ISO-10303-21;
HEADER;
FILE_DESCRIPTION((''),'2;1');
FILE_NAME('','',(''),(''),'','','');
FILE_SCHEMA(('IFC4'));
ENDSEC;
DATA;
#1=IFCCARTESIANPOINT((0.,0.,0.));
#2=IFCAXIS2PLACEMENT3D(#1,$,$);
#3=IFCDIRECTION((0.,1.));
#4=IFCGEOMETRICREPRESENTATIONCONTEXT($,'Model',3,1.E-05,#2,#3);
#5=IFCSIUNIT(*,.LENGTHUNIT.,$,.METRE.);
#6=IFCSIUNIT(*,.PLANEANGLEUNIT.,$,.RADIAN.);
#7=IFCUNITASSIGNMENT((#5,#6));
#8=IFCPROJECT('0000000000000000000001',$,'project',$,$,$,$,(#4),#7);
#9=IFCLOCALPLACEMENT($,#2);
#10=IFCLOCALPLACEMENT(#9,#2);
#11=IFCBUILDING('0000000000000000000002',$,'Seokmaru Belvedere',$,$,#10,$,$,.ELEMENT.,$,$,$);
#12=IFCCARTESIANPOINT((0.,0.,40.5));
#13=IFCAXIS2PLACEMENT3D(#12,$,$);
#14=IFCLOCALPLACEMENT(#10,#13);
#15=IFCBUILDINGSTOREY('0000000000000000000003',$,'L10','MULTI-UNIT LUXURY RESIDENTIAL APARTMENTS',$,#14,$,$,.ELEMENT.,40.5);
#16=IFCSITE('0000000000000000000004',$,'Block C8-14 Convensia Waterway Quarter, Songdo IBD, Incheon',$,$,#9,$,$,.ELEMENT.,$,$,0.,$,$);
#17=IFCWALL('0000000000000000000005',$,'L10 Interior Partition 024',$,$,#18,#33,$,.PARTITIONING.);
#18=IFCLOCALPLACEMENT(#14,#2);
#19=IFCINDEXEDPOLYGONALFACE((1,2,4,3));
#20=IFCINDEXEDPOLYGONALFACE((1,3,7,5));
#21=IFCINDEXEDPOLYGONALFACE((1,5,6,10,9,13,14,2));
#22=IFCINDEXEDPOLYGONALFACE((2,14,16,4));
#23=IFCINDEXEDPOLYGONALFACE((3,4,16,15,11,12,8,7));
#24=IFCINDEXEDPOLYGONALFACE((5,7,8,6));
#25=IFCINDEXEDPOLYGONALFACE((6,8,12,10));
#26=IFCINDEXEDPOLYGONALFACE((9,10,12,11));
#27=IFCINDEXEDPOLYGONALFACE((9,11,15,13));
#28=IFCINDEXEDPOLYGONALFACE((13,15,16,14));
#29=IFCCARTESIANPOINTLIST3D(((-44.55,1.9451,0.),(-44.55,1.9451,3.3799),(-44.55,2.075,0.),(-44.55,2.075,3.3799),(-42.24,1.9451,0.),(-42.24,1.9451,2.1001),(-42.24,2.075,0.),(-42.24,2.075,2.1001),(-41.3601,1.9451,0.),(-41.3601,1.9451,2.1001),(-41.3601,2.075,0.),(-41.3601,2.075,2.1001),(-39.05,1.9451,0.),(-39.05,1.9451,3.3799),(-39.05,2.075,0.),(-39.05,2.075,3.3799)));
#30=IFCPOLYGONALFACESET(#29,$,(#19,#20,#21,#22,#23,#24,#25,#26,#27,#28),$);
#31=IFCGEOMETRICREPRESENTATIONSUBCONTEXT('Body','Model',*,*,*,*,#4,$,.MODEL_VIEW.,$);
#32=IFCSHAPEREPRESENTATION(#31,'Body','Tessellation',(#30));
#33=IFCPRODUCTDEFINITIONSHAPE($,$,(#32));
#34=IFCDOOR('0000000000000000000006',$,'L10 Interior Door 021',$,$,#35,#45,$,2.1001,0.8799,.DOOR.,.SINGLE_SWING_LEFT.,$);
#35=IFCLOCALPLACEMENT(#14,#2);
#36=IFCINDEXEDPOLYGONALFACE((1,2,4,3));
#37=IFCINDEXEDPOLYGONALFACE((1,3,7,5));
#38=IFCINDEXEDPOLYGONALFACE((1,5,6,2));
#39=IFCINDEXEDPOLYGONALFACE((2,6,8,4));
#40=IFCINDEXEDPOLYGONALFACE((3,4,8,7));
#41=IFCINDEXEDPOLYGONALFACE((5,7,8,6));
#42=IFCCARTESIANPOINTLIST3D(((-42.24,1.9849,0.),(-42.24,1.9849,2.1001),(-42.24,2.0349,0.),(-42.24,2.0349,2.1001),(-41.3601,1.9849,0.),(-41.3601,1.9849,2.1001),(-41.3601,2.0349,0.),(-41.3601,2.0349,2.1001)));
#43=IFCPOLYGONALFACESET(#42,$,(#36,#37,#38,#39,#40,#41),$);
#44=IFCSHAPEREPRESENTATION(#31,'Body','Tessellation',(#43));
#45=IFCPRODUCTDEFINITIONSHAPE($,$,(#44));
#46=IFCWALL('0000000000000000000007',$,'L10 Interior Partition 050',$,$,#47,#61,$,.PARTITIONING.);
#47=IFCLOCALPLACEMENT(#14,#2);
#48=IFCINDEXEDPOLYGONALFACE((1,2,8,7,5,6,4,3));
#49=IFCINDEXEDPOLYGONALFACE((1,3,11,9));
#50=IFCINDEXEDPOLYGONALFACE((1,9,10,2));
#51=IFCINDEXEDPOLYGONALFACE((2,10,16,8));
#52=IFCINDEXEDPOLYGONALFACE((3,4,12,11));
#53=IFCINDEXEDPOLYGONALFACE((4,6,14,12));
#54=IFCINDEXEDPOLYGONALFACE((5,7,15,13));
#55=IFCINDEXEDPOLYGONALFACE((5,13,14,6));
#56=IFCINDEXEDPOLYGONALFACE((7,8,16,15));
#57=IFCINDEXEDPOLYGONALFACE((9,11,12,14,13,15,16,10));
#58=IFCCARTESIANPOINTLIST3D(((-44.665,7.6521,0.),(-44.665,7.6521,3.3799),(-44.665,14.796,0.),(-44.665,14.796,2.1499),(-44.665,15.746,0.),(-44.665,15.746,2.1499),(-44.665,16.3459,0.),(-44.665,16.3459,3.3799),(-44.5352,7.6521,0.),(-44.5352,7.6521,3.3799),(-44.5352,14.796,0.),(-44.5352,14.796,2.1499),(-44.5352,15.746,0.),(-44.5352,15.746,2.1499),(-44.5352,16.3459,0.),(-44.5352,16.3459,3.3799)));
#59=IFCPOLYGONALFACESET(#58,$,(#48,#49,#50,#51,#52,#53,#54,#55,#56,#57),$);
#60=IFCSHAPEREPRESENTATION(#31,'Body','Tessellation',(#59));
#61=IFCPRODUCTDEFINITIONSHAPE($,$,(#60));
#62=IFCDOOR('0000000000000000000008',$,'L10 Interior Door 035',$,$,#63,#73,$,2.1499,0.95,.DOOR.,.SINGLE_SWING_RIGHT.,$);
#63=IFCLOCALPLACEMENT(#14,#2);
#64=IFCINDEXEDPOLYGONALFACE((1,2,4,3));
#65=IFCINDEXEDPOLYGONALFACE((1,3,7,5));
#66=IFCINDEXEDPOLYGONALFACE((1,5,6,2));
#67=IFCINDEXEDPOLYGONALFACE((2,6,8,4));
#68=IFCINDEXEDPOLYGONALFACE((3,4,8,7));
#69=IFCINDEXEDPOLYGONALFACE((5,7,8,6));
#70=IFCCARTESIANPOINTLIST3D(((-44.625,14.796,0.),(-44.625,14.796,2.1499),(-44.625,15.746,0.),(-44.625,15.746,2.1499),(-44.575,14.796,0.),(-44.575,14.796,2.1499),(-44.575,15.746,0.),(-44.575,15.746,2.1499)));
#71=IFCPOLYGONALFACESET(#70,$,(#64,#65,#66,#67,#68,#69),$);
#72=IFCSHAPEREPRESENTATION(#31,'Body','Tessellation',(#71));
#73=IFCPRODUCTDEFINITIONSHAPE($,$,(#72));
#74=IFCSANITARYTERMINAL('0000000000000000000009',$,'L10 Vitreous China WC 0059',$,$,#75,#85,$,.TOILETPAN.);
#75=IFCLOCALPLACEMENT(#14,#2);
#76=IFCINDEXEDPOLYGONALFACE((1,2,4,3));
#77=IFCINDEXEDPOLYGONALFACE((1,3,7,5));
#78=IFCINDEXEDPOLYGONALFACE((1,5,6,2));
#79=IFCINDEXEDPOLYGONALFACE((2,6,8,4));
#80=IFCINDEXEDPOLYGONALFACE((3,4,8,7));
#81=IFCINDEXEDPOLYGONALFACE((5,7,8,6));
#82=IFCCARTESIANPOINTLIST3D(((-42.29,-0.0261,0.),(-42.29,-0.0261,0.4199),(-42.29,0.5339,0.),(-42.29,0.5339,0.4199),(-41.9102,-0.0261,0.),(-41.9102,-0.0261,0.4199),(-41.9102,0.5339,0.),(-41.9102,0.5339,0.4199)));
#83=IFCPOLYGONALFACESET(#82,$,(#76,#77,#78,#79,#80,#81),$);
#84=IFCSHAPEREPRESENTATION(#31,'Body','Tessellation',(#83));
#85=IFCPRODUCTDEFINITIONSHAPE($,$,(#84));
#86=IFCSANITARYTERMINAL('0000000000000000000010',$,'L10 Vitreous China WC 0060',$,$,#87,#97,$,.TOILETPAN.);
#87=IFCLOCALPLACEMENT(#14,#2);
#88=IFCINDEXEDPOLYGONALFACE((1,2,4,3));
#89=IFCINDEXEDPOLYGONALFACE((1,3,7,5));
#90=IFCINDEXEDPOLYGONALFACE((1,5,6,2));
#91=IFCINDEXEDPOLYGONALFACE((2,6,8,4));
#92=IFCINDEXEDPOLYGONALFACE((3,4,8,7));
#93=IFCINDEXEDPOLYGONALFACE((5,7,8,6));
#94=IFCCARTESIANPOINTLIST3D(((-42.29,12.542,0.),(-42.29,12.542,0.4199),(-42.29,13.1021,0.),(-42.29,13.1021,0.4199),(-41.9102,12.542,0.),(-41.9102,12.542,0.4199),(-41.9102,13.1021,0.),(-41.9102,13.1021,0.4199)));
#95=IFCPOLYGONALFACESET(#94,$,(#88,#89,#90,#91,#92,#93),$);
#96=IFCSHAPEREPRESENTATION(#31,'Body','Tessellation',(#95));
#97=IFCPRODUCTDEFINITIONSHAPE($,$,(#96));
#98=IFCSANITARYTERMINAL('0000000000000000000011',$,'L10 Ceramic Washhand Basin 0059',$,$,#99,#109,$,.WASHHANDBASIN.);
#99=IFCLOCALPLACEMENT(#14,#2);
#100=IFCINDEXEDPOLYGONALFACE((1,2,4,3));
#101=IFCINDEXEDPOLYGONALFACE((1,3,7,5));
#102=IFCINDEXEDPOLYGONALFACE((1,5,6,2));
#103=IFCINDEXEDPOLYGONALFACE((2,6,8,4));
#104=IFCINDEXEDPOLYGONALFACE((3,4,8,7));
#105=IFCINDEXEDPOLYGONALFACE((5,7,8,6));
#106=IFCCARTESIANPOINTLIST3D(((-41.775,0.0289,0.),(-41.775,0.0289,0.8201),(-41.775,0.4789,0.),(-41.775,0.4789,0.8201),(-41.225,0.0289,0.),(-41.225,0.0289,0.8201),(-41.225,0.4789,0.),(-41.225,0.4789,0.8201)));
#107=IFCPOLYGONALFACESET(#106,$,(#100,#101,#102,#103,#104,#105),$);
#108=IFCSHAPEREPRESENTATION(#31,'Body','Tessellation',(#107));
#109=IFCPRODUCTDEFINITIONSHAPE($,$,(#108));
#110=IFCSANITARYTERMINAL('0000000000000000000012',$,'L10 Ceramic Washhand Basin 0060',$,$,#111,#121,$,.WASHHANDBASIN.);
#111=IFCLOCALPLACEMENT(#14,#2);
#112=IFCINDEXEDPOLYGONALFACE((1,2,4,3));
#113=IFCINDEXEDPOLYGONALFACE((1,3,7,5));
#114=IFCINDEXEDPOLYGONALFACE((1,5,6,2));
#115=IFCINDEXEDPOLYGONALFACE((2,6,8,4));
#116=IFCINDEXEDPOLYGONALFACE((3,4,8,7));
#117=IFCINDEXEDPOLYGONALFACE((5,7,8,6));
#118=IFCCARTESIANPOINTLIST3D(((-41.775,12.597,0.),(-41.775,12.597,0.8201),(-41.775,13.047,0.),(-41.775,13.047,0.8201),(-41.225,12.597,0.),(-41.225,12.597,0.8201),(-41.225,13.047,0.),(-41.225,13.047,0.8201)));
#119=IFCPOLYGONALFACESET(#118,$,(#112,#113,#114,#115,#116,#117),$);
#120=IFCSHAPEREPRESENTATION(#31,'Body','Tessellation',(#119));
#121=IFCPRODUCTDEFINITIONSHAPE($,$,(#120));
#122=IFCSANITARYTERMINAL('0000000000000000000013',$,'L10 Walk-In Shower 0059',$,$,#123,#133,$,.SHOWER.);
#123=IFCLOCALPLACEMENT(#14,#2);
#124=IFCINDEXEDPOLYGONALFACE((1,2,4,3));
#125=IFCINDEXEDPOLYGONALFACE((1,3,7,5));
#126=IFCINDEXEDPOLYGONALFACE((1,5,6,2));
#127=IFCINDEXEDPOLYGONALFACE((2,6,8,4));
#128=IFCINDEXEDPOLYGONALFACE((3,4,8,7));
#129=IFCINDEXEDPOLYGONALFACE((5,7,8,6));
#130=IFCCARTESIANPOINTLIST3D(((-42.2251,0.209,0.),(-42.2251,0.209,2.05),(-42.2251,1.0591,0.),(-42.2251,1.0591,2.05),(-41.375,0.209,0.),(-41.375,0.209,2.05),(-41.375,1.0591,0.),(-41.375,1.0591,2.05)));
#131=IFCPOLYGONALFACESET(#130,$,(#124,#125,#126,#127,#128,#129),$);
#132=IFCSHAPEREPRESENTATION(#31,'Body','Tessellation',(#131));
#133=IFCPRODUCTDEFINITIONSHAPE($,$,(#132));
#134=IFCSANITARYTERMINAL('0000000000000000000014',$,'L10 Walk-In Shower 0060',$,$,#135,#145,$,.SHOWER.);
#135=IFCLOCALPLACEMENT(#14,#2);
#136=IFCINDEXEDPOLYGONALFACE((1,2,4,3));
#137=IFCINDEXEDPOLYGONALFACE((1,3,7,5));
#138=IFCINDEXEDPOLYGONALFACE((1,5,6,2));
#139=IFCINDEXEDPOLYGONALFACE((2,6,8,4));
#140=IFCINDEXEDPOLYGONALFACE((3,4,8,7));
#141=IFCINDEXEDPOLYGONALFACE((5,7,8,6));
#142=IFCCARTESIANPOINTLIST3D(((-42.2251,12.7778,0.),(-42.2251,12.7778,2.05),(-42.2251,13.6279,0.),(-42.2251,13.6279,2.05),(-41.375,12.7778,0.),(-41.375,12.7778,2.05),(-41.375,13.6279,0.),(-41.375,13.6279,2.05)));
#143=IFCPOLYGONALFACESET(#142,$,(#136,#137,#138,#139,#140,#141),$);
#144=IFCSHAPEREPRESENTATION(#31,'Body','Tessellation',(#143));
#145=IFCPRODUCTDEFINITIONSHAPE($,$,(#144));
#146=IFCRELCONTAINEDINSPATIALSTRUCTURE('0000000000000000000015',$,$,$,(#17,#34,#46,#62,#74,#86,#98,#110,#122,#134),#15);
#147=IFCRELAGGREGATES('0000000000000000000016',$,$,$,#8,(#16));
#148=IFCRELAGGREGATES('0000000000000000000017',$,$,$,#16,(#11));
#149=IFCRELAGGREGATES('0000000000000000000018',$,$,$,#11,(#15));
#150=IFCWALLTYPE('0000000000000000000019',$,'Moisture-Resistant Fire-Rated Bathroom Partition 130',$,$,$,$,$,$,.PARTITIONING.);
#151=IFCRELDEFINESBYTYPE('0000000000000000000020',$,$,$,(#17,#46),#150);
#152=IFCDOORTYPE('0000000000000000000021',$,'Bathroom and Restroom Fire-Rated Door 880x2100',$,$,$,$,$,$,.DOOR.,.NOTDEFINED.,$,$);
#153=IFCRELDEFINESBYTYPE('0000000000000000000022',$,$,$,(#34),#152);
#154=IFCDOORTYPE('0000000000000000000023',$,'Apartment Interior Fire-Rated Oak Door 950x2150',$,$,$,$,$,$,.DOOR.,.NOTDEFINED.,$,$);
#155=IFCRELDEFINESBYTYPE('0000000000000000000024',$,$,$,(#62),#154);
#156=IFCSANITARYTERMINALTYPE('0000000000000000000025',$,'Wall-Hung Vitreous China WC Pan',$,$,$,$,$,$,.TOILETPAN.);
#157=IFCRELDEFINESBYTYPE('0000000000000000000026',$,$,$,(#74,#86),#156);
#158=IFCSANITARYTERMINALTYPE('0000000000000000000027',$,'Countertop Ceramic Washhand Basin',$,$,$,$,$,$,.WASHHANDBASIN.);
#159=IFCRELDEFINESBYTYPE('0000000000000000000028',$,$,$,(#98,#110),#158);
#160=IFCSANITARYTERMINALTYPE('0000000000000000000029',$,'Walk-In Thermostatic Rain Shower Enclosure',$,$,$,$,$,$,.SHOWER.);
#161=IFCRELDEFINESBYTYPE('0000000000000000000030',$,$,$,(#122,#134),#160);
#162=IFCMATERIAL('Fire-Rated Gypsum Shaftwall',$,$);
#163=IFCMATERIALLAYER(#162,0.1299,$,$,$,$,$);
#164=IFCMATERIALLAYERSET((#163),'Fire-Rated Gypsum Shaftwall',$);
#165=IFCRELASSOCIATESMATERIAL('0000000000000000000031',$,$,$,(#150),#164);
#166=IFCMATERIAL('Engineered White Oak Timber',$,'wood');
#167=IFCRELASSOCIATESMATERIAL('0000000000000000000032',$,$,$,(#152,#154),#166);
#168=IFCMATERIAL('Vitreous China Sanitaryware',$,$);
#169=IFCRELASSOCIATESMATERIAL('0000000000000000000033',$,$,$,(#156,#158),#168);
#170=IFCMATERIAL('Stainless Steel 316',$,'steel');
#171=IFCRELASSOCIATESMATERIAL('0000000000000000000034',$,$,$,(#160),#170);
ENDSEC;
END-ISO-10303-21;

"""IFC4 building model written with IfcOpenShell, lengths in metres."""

from ifc_helpers import new_model, si_unit, direction, frame, frame_2d, origin, origin_2d, place, context, subcontext, project, spatial, rectangle, extrude, source, transform, mapped, material, layer, layer_set, type_object, type_shapes, element, fill, save


model = new_model("IFC4")

# Units and contexts
model_context = context("Model", 3, precision=1e-05, world=origin(), true_north=direction((0.0, 1.0)))
body_context = subcontext(model_context, "Body", "Model", "MODEL_VIEW")
ifc_project = project(units=[si_unit("LENGTHUNIT", "METRE"), si_unit("PLANEANGLEUNIT", "RADIAN")], contexts=[model_context])

# Site, building, storey
site_placement = place(None, origin())
site = spatial("IfcSite", under=ifc_project, at=site_placement, Name="Block C8-14 Convensia Waterway Quarter, Songdo IBD, Incheon", CompositionType="ELEMENT", RefElevation=0.0)
building_placement = place(site_placement, origin())
building = spatial("IfcBuilding", under=site, at=building_placement, Name="Seokmaru Belvedere", CompositionType="ELEMENT")
storey_placement = place(building_placement, frame((0.0, 0.0, 40.5)))
storey = spatial("IfcBuildingStorey", under=building, at=storey_placement, Name="L10", Description="MULTI-UNIT LUXURY RESIDENTIAL APARTMENTS", CompositionType="ELEMENT", Elevation=40.5)

# Shared definitions
ifc_material_1 = material(Name="Fire-Rated Gypsum Shaftwall")

# Walls, openings, doors
ifc_layer_1 = layer(ifc_material_1, 0.1299)
ifc_layer_set_1 = layer_set([ifc_layer_1], Name="Fire-Rated Gypsum Shaftwall")
wall_type_1 = type_object("IfcWallType", Name="Moisture-Resistant Fire-Rated Bathroom Partition 130", PredefinedType="PARTITIONING", material=ifc_layer_set_1)
wall_1_placement = place(storey_placement, frame((-44.55, 2.01, 0.0), z_axis=(0.0, 0.0, 1.0), x_axis=(1.0, 0.0, 0.0)))
wall_1 = element("IfcWall", 1, at=wall_1_placement, inside=storey, type_object=wall_type_1, Name="L10 Interior Partition 024", PredefinedType="PARTITIONING", context=body_context, shape_type="SweptSolid", body=[
    extrude(rectangle(XDim=5.5, YDim=0.1299, at=frame_2d((2.75, 0.0))), origin(), (0.0, 0.0, 1.0), 3.3799),
])
opening_1_placement = place(wall_1_placement, frame((2.3101, 0.0, 0.0)))
opening_1 = element("IfcOpeningElement", 2, at=opening_1_placement, cuts=wall_1, PredefinedType="OPENING", context=body_context, shape_type="SweptSolid", body=[
    extrude(rectangle(XDim=0.8799, YDim=2.1001, at=frame_2d((0.4399, 1.05))), frame((0.0, 0.075, 0.0), z_axis=(0.0, -1.0, 0.0), x_axis=(1.0, 0.0, 0.0)), (0.0, 0.0, 1.0), 0.1499),
])
ifc_material_2 = material(Name="Engineered White Oak Timber", Category="wood")
door_type_1 = type_object("IfcDoorType", Name="Bathroom and Restroom Fire-Rated Door 880x2100", OperationType="NOTDEFINED", PredefinedType="DOOR", material=ifc_material_2)
shared_shape_1 = source(origin(), body_context, "Body", "SweptSolid", [
    extrude(rectangle(XDim=0.8799, YDim=2.1001, at=frame_2d((0.4399, 1.05))), frame((0.0, 0.0249, 0.0), z_axis=(0.0, -1.0, 0.0), x_axis=(1.0, 0.0, 0.0)), (0.0, 0.0, 1.0), 0.05),
])
type_shapes(door_type_1, [shared_shape_1])
door_1_placement = place(opening_1_placement, origin())
door_1 = element("IfcDoor", 3, at=door_1_placement, inside=storey, type_object=door_type_1, Name="L10 Interior Door 021", OperationType="SINGLE_SWING_LEFT", OverallHeight=2.1001, OverallWidth=0.8799, PredefinedType="DOOR", context=body_context, shape_type="MappedRepresentation", body=[
    mapped(shared_shape_1, transform((0.0, 0.0, 0.0), scale=1.0)),
])
fill(opening_1, door_1)
wall_2_placement = place(storey_placement, frame((-44.6001, 7.6521, 0.0), z_axis=(0.0, 0.0, 1.0), x_axis=(0.0, 1.0, 0.0)))
wall_2 = element("IfcWall", 4, at=wall_2_placement, inside=storey, type_object=wall_type_1, Name="L10 Interior Partition 050", PredefinedType="PARTITIONING", context=body_context, shape_type="SweptSolid", body=[
    extrude(rectangle(XDim=8.6938, YDim=0.1299, at=frame_2d((4.3469, 0.0))), origin(), (0.0, 0.0, 1.0), 3.3799),
])
opening_2_placement = place(wall_2_placement, frame((7.1438, 0.0, 0.0)))
opening_2 = element("IfcOpeningElement", 5, at=opening_2_placement, cuts=wall_2, PredefinedType="OPENING", context=body_context, shape_type="SweptSolid", body=[
    extrude(rectangle(XDim=0.95, YDim=2.1499, at=frame_2d((0.4751, 1.075))), frame((0.0, 0.075, 0.0), z_axis=(0.0, -1.0, 0.0), x_axis=(1.0, 0.0, 0.0)), (0.0, 0.0, 1.0), 0.1499),
])
door_type_2 = type_object("IfcDoorType", Name="Apartment Interior Fire-Rated Oak Door 950x2150", OperationType="NOTDEFINED", PredefinedType="DOOR", material=ifc_material_2)
shared_shape_2 = source(origin(), body_context, "Body", "SweptSolid", [
    extrude(rectangle(XDim=0.95, YDim=2.1499, at=frame_2d((0.4751, 1.075))), frame((0.0, 0.0249, 0.0), z_axis=(0.0, -1.0, 0.0), x_axis=(1.0, 0.0, 0.0)), (0.0, 0.0, 1.0), 0.05),
])
type_shapes(door_type_2, [shared_shape_2])
door_2_placement = place(opening_2_placement, origin())
door_2 = element("IfcDoor", 6, at=door_2_placement, inside=storey, type_object=door_type_2, Name="L10 Interior Door 035", OperationType="SINGLE_SWING_RIGHT", OverallHeight=2.1499, OverallWidth=0.95, PredefinedType="DOOR", context=body_context, shape_type="MappedRepresentation", body=[
    mapped(shared_shape_2, transform((0.0, 0.0, 0.0), scale=1.0)),
])
fill(opening_2, door_2)

# Sanitary terminals
ifc_material_3 = material(Name="Vitreous China Sanitaryware")
sanitary_terminal_type_1 = type_object("IfcSanitaryTerminalType", Name="Wall-Hung Vitreous China WC Pan", PredefinedType="TOILETPAN", material=ifc_material_3)
shared_shape_3 = source(origin(), body_context, "Body", "SweptSolid", [
    extrude(rectangle(XDim=0.3799, YDim=0.5601, at=origin_2d()), origin(), (0.0, 0.0, 1.0), 0.4199),
])
type_shapes(sanitary_terminal_type_1, [shared_shape_3])
for number, where, z_axis, x_axis, name in (
    (7, (-42.1001, 0.2539, 0.0), (0.0, 0.0, 1.0), (1.0, 0.0, 0.0), "L10 Vitreous China WC 0059"),
    (8, (-42.1001, 12.822, 0.0), (0.0, 0.0, 1.0), (1.0, 0.0, 0.0), "L10 Vitreous China WC 0060"),
):
    element("IfcSanitaryTerminal", number, at=place(storey_placement, frame(where, z_axis=z_axis, x_axis=x_axis)), inside=storey, type_object=sanitary_terminal_type_1, Name=name, PredefinedType="TOILETPAN", context=body_context, shape_type="MappedRepresentation", body=[
        mapped(shared_shape_3, transform((0.0, 0.0, 0.0), scale=1.0)),
    ])
sanitary_terminal_type_2 = type_object("IfcSanitaryTerminalType", Name="Countertop Ceramic Washhand Basin", PredefinedType="WASHHANDBASIN", material=ifc_material_3)
shared_shape_4 = source(origin(), body_context, "Body", "SweptSolid", [
    extrude(rectangle(XDim=0.55, YDim=0.45, at=origin_2d()), origin(), (0.0, 0.0, 1.0), 0.8201),
])
type_shapes(sanitary_terminal_type_2, [shared_shape_4])
for number, where, z_axis, x_axis, name in (
    (9, (-41.5, 0.2539, 0.0), (0.0, 0.0, 1.0), (1.0, 0.0, 0.0), "L10 Ceramic Washhand Basin 0059"),
    (10, (-41.5, 12.822, 0.0), (0.0, 0.0, 1.0), (1.0, 0.0, 0.0), "L10 Ceramic Washhand Basin 0060"),
):
    element("IfcSanitaryTerminal", number, at=place(storey_placement, frame(where, z_axis=z_axis, x_axis=x_axis)), inside=storey, type_object=sanitary_terminal_type_2, Name=name, PredefinedType="WASHHANDBASIN", context=body_context, shape_type="MappedRepresentation", body=[
        mapped(shared_shape_4, transform((0.0, 0.0, 0.0), scale=1.0)),
    ])
ifc_material_4 = material(Name="Stainless Steel 316", Category="steel")
sanitary_terminal_type_3 = type_object("IfcSanitaryTerminalType", Name="Walk-In Thermostatic Rain Shower Enclosure", PredefinedType="SHOWER", material=ifc_material_4)
shared_shape_5 = source(origin(), body_context, "Body", "SweptSolid", [
    extrude(rectangle(XDim=0.8501, YDim=0.8501, at=origin_2d()), origin(), (0.0, 0.0, 1.0), 2.05),
])
type_shapes(sanitary_terminal_type_3, [shared_shape_5])
for number, where, z_axis, x_axis, name in (
    (11, (-41.8, 0.634, 0.0), (0.0, 0.0, 1.0), (1.0, 0.0, 0.0), "L10 Walk-In Shower 0059"),
    (12, (-41.8, 13.2029, 0.0), (0.0, 0.0, 1.0), (1.0, 0.0, 0.0), "L10 Walk-In Shower 0060"),
):
    element("IfcSanitaryTerminal", number, at=place(storey_placement, frame(where, z_axis=z_axis, x_axis=x_axis)), inside=storey, type_object=sanitary_terminal_type_3, Name=name, PredefinedType="SHOWER", context=body_context, shape_type="MappedRepresentation", body=[
        mapped(shared_shape_5, transform((0.0, 0.0, 0.0), scale=1.0)),
    ])

save(model, "model.ifc")
